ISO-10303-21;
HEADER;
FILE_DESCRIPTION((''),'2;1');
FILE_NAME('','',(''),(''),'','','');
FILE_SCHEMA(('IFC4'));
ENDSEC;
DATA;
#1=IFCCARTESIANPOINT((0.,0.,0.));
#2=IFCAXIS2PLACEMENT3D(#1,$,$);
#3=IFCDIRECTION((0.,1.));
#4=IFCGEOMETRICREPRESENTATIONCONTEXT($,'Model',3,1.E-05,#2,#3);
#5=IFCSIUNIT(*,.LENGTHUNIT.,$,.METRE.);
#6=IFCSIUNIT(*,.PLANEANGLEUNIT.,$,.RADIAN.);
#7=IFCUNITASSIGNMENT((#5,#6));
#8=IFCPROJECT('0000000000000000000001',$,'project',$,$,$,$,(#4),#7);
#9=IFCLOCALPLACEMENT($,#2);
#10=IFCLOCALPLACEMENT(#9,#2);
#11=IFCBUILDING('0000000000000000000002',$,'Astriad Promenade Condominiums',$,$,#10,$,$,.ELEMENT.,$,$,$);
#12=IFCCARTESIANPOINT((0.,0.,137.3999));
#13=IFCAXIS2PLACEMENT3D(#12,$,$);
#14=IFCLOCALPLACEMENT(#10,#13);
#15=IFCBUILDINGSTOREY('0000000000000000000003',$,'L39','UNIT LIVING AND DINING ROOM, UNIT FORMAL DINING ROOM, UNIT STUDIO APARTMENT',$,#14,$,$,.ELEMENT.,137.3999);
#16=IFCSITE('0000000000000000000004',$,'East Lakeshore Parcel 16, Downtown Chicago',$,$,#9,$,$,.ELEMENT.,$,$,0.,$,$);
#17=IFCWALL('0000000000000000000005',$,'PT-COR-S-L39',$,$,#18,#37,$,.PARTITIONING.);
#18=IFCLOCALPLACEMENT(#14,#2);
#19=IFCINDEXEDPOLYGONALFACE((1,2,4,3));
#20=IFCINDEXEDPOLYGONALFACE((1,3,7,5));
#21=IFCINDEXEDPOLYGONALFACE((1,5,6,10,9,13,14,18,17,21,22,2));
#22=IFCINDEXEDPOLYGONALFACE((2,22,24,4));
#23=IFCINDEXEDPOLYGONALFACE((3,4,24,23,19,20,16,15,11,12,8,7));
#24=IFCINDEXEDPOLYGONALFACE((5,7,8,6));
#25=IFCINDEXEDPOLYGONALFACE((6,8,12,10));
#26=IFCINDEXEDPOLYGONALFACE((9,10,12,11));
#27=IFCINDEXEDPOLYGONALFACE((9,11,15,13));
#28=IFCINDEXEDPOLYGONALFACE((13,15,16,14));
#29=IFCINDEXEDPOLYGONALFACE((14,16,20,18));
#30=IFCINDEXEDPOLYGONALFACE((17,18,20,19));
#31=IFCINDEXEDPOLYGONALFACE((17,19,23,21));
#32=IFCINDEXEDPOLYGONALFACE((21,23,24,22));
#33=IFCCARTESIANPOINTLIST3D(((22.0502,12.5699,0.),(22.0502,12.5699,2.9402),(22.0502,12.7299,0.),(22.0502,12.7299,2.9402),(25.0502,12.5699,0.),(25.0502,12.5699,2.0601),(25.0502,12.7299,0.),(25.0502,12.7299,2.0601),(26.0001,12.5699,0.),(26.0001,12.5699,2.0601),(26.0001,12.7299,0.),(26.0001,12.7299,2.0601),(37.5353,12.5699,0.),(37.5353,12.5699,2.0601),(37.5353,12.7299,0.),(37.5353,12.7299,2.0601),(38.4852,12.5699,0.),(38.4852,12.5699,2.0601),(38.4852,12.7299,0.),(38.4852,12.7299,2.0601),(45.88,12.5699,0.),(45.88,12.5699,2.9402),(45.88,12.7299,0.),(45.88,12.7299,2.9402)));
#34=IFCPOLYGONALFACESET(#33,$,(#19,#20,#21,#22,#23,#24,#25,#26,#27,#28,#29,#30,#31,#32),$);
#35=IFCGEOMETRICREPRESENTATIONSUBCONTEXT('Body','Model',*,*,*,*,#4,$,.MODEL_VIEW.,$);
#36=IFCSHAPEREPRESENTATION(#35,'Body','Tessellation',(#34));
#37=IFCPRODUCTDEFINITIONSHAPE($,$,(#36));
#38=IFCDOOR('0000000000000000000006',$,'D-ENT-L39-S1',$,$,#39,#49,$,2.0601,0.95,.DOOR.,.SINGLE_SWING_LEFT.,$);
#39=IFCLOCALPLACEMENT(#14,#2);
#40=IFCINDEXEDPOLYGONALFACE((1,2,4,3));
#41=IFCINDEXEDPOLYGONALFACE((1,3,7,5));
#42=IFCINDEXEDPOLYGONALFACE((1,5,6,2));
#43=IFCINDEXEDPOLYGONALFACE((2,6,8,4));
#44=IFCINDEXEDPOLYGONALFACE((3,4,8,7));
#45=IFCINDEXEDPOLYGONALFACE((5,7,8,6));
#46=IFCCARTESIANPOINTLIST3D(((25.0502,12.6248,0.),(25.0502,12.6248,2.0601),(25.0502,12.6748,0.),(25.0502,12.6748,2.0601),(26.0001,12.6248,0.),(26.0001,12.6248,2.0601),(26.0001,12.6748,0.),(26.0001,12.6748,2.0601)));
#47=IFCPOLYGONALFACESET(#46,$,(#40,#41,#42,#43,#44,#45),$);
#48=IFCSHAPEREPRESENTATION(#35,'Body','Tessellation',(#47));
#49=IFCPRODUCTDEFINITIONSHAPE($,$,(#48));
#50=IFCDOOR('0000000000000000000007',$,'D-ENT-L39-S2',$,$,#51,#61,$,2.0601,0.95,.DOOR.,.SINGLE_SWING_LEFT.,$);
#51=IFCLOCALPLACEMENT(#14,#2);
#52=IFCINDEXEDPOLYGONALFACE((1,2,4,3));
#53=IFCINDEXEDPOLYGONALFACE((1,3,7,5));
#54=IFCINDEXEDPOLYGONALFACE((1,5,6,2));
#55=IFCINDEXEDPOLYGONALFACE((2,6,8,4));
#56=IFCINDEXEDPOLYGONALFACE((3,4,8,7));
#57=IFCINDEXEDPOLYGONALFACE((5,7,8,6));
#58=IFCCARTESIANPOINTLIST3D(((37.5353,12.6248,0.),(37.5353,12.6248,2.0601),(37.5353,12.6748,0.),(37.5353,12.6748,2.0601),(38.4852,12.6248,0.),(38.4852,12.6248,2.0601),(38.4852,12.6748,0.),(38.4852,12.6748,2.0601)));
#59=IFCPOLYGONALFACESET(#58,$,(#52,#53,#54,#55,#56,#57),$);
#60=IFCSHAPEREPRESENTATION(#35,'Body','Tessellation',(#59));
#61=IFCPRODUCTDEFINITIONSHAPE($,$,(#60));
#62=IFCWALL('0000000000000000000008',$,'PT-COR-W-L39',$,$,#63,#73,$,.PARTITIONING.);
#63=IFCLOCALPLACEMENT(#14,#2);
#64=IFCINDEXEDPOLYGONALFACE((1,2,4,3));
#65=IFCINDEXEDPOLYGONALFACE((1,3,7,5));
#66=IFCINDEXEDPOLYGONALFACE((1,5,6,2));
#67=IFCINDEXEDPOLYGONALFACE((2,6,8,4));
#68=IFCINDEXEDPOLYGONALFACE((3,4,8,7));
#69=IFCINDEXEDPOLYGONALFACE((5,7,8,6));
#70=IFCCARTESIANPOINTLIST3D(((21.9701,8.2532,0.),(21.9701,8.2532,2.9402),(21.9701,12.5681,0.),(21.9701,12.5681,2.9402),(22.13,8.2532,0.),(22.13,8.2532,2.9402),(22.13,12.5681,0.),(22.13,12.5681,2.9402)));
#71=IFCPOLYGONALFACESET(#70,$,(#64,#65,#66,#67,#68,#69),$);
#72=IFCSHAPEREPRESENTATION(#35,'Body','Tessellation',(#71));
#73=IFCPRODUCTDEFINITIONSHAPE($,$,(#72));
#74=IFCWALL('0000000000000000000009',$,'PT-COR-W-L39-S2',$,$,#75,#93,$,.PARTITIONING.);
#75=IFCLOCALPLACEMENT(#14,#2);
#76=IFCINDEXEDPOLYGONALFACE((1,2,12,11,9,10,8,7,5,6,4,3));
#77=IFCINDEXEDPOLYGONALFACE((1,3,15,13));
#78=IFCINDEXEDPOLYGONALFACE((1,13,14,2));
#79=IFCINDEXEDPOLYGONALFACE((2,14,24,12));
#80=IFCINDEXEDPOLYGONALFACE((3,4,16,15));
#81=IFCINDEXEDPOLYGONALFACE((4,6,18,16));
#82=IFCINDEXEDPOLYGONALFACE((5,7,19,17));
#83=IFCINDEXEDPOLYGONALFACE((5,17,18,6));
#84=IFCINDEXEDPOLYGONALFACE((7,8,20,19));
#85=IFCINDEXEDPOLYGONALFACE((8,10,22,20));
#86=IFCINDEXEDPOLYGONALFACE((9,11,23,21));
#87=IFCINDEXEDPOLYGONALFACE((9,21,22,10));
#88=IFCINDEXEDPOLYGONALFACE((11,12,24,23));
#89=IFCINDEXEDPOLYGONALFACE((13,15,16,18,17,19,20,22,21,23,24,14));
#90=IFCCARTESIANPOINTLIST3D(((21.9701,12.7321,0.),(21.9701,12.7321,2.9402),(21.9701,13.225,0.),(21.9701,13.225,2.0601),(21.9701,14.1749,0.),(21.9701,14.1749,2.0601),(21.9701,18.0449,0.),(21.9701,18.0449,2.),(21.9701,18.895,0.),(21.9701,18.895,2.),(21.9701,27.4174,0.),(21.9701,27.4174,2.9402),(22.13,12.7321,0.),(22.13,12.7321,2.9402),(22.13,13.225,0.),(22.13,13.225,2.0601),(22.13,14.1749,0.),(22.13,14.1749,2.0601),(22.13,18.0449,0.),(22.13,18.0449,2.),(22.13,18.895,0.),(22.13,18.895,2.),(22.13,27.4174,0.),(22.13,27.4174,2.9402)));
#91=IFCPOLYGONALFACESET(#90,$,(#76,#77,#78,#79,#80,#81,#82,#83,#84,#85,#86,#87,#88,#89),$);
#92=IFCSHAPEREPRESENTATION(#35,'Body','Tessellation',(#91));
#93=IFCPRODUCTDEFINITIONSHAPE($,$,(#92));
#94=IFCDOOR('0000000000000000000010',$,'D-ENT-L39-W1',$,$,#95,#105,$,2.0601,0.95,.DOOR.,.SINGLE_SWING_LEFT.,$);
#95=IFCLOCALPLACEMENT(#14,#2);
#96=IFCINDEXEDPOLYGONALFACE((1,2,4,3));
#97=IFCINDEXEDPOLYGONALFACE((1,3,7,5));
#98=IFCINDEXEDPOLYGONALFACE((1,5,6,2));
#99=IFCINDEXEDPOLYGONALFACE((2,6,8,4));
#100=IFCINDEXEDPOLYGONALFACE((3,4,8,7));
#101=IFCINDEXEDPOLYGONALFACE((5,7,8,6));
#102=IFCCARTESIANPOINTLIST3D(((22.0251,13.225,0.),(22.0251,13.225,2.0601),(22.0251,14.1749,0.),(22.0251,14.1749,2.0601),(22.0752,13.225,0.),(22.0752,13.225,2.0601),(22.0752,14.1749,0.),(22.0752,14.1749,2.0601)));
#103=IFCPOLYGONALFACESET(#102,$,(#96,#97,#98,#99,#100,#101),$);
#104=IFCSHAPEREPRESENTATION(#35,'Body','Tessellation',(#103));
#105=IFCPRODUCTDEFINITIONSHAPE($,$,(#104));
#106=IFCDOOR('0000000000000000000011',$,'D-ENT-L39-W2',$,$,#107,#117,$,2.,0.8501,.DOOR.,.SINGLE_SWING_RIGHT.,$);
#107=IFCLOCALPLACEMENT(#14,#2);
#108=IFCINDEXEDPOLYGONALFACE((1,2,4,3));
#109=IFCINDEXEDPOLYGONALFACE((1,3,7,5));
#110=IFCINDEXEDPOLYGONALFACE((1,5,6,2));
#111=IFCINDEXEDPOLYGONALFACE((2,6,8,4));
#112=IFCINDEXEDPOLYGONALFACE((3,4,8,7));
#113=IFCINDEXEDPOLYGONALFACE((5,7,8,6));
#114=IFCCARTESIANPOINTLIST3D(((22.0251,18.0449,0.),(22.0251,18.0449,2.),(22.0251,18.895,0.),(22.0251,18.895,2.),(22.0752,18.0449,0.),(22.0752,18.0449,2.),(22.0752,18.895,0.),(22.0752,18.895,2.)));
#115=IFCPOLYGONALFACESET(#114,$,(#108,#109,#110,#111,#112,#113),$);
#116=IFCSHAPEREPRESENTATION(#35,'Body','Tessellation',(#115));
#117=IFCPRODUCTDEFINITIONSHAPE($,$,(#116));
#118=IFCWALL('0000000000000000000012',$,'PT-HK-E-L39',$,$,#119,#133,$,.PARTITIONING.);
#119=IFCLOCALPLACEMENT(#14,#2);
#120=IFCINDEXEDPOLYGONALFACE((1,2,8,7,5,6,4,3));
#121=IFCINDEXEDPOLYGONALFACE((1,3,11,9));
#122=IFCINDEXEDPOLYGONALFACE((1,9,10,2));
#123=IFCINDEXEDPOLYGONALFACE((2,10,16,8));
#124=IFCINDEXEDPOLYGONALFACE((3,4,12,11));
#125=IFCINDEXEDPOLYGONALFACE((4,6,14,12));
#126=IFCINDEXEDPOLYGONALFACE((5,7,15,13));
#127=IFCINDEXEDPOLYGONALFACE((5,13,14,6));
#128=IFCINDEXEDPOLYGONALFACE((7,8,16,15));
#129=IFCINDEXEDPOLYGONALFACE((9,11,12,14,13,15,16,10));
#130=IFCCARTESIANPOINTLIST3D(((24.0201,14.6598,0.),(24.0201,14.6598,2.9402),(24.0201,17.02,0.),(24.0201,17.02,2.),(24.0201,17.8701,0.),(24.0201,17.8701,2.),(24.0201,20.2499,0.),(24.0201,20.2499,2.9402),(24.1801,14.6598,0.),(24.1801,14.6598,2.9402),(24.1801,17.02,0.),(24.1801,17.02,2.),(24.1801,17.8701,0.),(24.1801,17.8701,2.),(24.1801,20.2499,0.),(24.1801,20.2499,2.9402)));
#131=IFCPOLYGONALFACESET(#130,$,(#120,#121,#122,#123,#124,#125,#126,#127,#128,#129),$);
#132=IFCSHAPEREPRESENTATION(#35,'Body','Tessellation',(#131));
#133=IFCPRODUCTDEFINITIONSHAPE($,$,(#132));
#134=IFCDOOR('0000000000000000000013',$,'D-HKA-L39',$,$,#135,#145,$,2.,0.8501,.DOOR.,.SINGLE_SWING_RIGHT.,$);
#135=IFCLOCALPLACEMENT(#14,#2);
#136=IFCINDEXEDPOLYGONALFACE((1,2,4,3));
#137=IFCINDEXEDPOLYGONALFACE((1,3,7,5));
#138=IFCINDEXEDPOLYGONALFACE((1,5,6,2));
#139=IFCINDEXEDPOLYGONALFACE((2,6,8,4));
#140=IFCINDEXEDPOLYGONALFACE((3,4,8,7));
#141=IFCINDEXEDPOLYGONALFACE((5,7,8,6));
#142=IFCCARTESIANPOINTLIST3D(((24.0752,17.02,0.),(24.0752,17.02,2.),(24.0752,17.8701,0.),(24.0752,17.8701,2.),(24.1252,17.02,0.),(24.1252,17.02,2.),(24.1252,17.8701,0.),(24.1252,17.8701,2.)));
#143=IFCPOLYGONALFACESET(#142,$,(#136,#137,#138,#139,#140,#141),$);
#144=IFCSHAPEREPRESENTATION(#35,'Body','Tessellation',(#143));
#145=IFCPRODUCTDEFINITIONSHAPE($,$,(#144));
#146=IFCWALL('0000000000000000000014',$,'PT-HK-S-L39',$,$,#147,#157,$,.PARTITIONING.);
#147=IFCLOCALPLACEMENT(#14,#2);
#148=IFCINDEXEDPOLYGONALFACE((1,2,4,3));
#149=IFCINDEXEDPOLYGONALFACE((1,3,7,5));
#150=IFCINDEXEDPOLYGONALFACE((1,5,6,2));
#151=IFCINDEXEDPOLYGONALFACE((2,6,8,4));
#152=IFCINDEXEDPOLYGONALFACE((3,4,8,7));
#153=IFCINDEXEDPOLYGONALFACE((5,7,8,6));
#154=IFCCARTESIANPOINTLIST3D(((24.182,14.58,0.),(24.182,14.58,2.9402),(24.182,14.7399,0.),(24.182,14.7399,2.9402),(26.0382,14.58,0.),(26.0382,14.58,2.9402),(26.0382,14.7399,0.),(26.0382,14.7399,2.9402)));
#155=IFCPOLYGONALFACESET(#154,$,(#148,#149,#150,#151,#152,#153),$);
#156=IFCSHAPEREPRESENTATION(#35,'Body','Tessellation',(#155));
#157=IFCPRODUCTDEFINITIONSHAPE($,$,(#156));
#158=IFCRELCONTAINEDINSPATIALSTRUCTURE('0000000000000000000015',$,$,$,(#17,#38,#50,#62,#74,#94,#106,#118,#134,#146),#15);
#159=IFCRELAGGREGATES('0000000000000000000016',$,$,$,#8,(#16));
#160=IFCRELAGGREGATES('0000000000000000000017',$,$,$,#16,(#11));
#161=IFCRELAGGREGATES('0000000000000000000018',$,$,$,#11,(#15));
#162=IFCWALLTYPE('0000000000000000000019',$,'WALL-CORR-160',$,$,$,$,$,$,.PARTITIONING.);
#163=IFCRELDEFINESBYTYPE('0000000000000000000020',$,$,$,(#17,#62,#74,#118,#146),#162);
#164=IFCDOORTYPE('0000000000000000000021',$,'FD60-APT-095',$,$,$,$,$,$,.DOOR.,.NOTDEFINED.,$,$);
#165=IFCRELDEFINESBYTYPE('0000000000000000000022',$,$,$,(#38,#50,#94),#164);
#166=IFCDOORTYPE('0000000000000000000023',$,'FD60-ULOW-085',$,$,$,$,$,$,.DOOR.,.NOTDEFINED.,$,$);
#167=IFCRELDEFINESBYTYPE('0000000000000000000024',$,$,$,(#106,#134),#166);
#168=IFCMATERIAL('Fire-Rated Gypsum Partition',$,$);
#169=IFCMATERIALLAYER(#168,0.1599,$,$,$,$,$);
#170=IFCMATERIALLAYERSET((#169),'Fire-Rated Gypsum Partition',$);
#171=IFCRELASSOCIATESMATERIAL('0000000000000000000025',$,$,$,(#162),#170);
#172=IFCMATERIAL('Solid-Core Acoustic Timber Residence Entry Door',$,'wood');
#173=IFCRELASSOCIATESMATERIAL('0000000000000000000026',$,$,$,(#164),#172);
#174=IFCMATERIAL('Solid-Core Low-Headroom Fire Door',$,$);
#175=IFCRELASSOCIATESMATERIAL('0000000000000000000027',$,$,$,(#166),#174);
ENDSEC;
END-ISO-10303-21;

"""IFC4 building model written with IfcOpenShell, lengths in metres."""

from ifc_helpers import new_model, si_unit, direction, frame, frame_2d, origin, place, context, subcontext, project, spatial, rectangle, extrude, source, transform, mapped, material, layer, layer_set, type_object, type_shapes, element, fill, save


model = new_model("IFC4")

# Units and contexts
model_context = context("Model", 3, precision=1e-05, world=origin(), true_north=direction((0.0, 1.0)))
body_context = subcontext(model_context, "Body", "Model", "MODEL_VIEW")
ifc_project = project(units=[si_unit("LENGTHUNIT", "METRE"), si_unit("PLANEANGLEUNIT", "RADIAN")], contexts=[model_context])

# Site, building, storey
site_placement = place(None, origin())
site = spatial("IfcSite", under=ifc_project, at=site_placement, Name="East Lakeshore Parcel 16, Downtown Chicago", CompositionType="ELEMENT", RefElevation=0.0)
building_placement = place(site_placement, origin())
building = spatial("IfcBuilding", under=site, at=building_placement, Name="Astriad Promenade Condominiums", CompositionType="ELEMENT")
storey_placement = place(building_placement, frame((0.0, 0.0, 137.3999)))
storey = spatial("IfcBuildingStorey", under=building, at=storey_placement, Name="L39", Description="UNIT LIVING AND DINING ROOM, UNIT FORMAL DINING ROOM, UNIT STUDIO APARTMENT", CompositionType="ELEMENT", Elevation=137.3999)

# Wall, openings, doors
ifc_material_1 = material(Name="Fire-Rated Gypsum Partition")
ifc_layer_1 = layer(ifc_material_1, 0.1599)
ifc_layer_set_1 = layer_set([ifc_layer_1], Name="Fire-Rated Gypsum Partition")
wall_type_1 = type_object("IfcWallType", Name="WALL-CORR-160", PredefinedType="PARTITIONING", material=ifc_layer_set_1)
wall_1_placement = place(storey_placement, frame((22.05, 12.6499, 0.0), z_axis=(0.0, 0.0, 1.0), x_axis=(1.0, 0.0, 0.0)))
wall_1 = element("IfcWall", 1, at=wall_1_placement, inside=storey, type_object=wall_type_1, Name="PT-COR-S-L39", PredefinedType="PARTITIONING", context=body_context, shape_type="SweptSolid", body=[
    extrude(rectangle(XDim=23.8298, YDim=0.1599, at=frame_2d((11.915, 0.0))), origin(), (0.0, 0.0, 1.0), 2.9402),
])
opening_1_placement = place(wall_1_placement, frame((3.0, 0.0, 0.0)))
opening_1 = element("IfcOpeningElement", 2, at=opening_1_placement, cuts=wall_1, PredefinedType="OPENING", context=body_context, shape_type="SweptSolid", body=[
    extrude(rectangle(XDim=0.95, YDim=2.0601, at=frame_2d((0.4751, 1.03))), frame((0.0, 0.0898, 0.0), z_axis=(0.0, -1.0, 0.0), x_axis=(1.0, 0.0, 0.0)), (0.0, 0.0, 1.0), 0.1799),
])
opening_2_placement = place(wall_1_placement, frame((15.4851, 0.0, 0.0)))
opening_2 = element("IfcOpeningElement", 3, at=opening_2_placement, cuts=wall_1, PredefinedType="OPENING", context=body_context, shape_type="SweptSolid", body=[
    extrude(rectangle(XDim=0.95, YDim=2.0601, at=frame_2d((0.4751, 1.03))), frame((0.0, 0.0898, 0.0), z_axis=(0.0, -1.0, 0.0), x_axis=(1.0, 0.0, 0.0)), (0.0, 0.0, 1.0), 0.1799),
])
ifc_material_2 = material(Name="Solid-Core Acoustic Timber Residence Entry Door", Category="wood")
door_type_1 = type_object("IfcDoorType", Name="FD60-APT-095", OperationType="NOTDEFINED", PredefinedType="DOOR", material=ifc_material_2)
shared_shape_1 = source(origin(), body_context, "Body", "SweptSolid", [
    extrude(rectangle(XDim=0.95, YDim=2.0601, at=frame_2d((0.4751, 1.03))), frame((0.0, 0.0249, 0.0), z_axis=(0.0, -1.0, 0.0), x_axis=(1.0, 0.0, 0.0)), (0.0, 0.0, 1.0), 0.05),
])
type_shapes(door_type_1, [shared_shape_1])
door_1_placement = place(opening_1_placement, origin())
door_1 = element("IfcDoor", 4, at=door_1_placement, inside=storey, type_object=door_type_1, Name="D-ENT-L39-S1", OperationType="SINGLE_SWING_LEFT", OverallHeight=2.0601, OverallWidth=0.95, PredefinedType="DOOR", context=body_context, shape_type="MappedRepresentation", body=[
    mapped(shared_shape_1, transform((0.0, 0.0, 0.0), scale=1.0)),
])
fill(opening_1, door_1)
door_2_placement = place(opening_2_placement, origin())
door_2 = element("IfcDoor", 5, at=door_2_placement, inside=storey, type_object=door_type_1, Name="D-ENT-L39-S2", OperationType="SINGLE_SWING_LEFT", OverallHeight=2.0601, OverallWidth=0.95, PredefinedType="DOOR", context=body_context, shape_type="MappedRepresentation", body=[
    mapped(shared_shape_1, transform((0.0, 0.0, 0.0), scale=1.0)),
])
fill(opening_2, door_2)

# Wall
wall_2_placement = place(storey_placement, frame((22.05, 8.2532, 0.0), z_axis=(0.0, 0.0, 1.0), x_axis=(0.0, 1.0, 0.0)))
element("IfcWall", 6, at=wall_2_placement, inside=storey, type_object=wall_type_1, Name="PT-COR-W-L39", PredefinedType="PARTITIONING", context=body_context, shape_type="SweptSolid", body=[
    extrude(rectangle(XDim=4.3149, YDim=0.1599, at=frame_2d((2.1575, 0.0))), origin(), (0.0, 0.0, 1.0), 2.9402),
])

# Wall, openings, doors
wall_3_placement = place(storey_placement, frame((22.05, 12.7319, 0.0), z_axis=(0.0, 0.0, 1.0), x_axis=(0.0, 1.0, 0.0)))
wall_3 = element("IfcWall", 7, at=wall_3_placement, inside=storey, type_object=wall_type_1, Name="PT-COR-W-L39-S2", PredefinedType="PARTITIONING", context=body_context, shape_type="SweptSolid", body=[
    extrude(rectangle(XDim=14.6853, YDim=0.1599, at=frame_2d((7.3428, 0.0))), origin(), (0.0, 0.0, 1.0), 2.9402),
])
opening_3_placement = place(wall_3_placement, frame((0.4929, 0.0, 0.0)))
opening_3 = element("IfcOpeningElement", 8, at=opening_3_placement, cuts=wall_3, PredefinedType="OPENING", context=body_context, shape_type="SweptSolid", body=[
    extrude(rectangle(XDim=0.95, YDim=2.0601, at=frame_2d((0.4751, 1.03))), frame((0.0, 0.0898, 0.0), z_axis=(0.0, -1.0, 0.0), x_axis=(1.0, 0.0, 0.0)), (0.0, 0.0, 1.0), 0.1799),
])
opening_4_placement = place(wall_3_placement, frame((5.313, 0.0, 0.0)))
opening_4 = element("IfcOpeningElement", 9, at=opening_4_placement, cuts=wall_3, PredefinedType="OPENING", context=body_context, shape_type="SweptSolid", body=[
    extrude(rectangle(XDim=0.8501, YDim=2.0, at=frame_2d((0.425, 1.0))), frame((0.0, 0.0898, 0.0), z_axis=(0.0, -1.0, 0.0), x_axis=(1.0, 0.0, 0.0)), (0.0, 0.0, 1.0), 0.1799),
])
door_3_placement = place(opening_3_placement, origin())
door_3 = element("IfcDoor", 10, at=door_3_placement, inside=storey, type_object=door_type_1, Name="D-ENT-L39-W1", OperationType="SINGLE_SWING_LEFT", OverallHeight=2.0601, OverallWidth=0.95, PredefinedType="DOOR", context=body_context, shape_type="MappedRepresentation", body=[
    mapped(shared_shape_1, transform((0.0, 0.0, 0.0), scale=1.0)),
])
fill(opening_3, door_3)
ifc_material_3 = material(Name="Solid-Core Low-Headroom Fire Door")
door_type_2 = type_object("IfcDoorType", Name="FD60-ULOW-085", OperationType="NOTDEFINED", PredefinedType="DOOR", material=ifc_material_3)
shared_shape_2 = source(origin(), body_context, "Body", "SweptSolid", [
    extrude(rectangle(XDim=0.8501, YDim=2.0, at=frame_2d((0.425, 1.0))), frame((0.0, 0.0249, 0.0), z_axis=(0.0, -1.0, 0.0), x_axis=(1.0, 0.0, 0.0)), (0.0, 0.0, 1.0), 0.05),
])
type_shapes(door_type_2, [shared_shape_2])
door_4_placement = place(opening_4_placement, origin())
door_4 = element("IfcDoor", 11, at=door_4_placement, inside=storey, type_object=door_type_2, Name="D-ENT-L39-W2", OperationType="SINGLE_SWING_RIGHT", OverallHeight=2.0, OverallWidth=0.8501, PredefinedType="DOOR", context=body_context, shape_type="MappedRepresentation", body=[
    mapped(shared_shape_2, transform((0.0, 0.0, 0.0), scale=1.0)),
])
fill(opening_4, door_4)

# Wall, opening, door
wall_4_placement = place(storey_placement, frame((24.1001, 14.6599, 0.0), z_axis=(0.0, 0.0, 1.0), x_axis=(0.0, 1.0, 0.0)))
wall_4 = element("IfcWall", 12, at=wall_4_placement, inside=storey, type_object=wall_type_1, Name="PT-HK-E-L39", PredefinedType="PARTITIONING", context=body_context, shape_type="SweptSolid", body=[
    extrude(rectangle(XDim=5.5901, YDim=0.1599, at=frame_2d((2.7949, 0.0))), origin(), (0.0, 0.0, 1.0), 2.9402),
])
opening_5_placement = place(wall_4_placement, frame((2.3601, 0.0, 0.0)))
opening_5 = element("IfcOpeningElement", 13, at=opening_5_placement, cuts=wall_4, PredefinedType="OPENING", context=body_context, shape_type="SweptSolid", body=[
    extrude(rectangle(XDim=0.8501, YDim=2.0, at=frame_2d((0.425, 1.0))), frame((0.0, 0.0898, 0.0), z_axis=(0.0, -1.0, 0.0), x_axis=(1.0, 0.0, 0.0)), (0.0, 0.0, 1.0), 0.1799),
])
door_5_placement = place(opening_5_placement, origin())
door_5 = element("IfcDoor", 14, at=door_5_placement, inside=storey, type_object=door_type_2, Name="D-HKA-L39", OperationType="SINGLE_SWING_RIGHT", OverallHeight=2.0, OverallWidth=0.8501, PredefinedType="DOOR", context=body_context, shape_type="MappedRepresentation", body=[
    mapped(shared_shape_2, transform((0.0, 0.0, 0.0), scale=1.0)),
])
fill(opening_5, door_5)

# Wall
wall_5_placement = place(storey_placement, frame((24.1819, 14.6599, 0.0), z_axis=(0.0, 0.0, 1.0), x_axis=(1.0, 0.0, 0.0)))
element("IfcWall", 15, at=wall_5_placement, inside=storey, type_object=wall_type_1, Name="PT-HK-S-L39", PredefinedType="PARTITIONING", context=body_context, shape_type="SweptSolid", body=[
    extrude(rectangle(XDim=1.8562, YDim=0.1599, at=frame_2d((0.9282, 0.0))), origin(), (0.0, 0.0, 1.0), 2.9402),
])

save(model, "model.ifc")
